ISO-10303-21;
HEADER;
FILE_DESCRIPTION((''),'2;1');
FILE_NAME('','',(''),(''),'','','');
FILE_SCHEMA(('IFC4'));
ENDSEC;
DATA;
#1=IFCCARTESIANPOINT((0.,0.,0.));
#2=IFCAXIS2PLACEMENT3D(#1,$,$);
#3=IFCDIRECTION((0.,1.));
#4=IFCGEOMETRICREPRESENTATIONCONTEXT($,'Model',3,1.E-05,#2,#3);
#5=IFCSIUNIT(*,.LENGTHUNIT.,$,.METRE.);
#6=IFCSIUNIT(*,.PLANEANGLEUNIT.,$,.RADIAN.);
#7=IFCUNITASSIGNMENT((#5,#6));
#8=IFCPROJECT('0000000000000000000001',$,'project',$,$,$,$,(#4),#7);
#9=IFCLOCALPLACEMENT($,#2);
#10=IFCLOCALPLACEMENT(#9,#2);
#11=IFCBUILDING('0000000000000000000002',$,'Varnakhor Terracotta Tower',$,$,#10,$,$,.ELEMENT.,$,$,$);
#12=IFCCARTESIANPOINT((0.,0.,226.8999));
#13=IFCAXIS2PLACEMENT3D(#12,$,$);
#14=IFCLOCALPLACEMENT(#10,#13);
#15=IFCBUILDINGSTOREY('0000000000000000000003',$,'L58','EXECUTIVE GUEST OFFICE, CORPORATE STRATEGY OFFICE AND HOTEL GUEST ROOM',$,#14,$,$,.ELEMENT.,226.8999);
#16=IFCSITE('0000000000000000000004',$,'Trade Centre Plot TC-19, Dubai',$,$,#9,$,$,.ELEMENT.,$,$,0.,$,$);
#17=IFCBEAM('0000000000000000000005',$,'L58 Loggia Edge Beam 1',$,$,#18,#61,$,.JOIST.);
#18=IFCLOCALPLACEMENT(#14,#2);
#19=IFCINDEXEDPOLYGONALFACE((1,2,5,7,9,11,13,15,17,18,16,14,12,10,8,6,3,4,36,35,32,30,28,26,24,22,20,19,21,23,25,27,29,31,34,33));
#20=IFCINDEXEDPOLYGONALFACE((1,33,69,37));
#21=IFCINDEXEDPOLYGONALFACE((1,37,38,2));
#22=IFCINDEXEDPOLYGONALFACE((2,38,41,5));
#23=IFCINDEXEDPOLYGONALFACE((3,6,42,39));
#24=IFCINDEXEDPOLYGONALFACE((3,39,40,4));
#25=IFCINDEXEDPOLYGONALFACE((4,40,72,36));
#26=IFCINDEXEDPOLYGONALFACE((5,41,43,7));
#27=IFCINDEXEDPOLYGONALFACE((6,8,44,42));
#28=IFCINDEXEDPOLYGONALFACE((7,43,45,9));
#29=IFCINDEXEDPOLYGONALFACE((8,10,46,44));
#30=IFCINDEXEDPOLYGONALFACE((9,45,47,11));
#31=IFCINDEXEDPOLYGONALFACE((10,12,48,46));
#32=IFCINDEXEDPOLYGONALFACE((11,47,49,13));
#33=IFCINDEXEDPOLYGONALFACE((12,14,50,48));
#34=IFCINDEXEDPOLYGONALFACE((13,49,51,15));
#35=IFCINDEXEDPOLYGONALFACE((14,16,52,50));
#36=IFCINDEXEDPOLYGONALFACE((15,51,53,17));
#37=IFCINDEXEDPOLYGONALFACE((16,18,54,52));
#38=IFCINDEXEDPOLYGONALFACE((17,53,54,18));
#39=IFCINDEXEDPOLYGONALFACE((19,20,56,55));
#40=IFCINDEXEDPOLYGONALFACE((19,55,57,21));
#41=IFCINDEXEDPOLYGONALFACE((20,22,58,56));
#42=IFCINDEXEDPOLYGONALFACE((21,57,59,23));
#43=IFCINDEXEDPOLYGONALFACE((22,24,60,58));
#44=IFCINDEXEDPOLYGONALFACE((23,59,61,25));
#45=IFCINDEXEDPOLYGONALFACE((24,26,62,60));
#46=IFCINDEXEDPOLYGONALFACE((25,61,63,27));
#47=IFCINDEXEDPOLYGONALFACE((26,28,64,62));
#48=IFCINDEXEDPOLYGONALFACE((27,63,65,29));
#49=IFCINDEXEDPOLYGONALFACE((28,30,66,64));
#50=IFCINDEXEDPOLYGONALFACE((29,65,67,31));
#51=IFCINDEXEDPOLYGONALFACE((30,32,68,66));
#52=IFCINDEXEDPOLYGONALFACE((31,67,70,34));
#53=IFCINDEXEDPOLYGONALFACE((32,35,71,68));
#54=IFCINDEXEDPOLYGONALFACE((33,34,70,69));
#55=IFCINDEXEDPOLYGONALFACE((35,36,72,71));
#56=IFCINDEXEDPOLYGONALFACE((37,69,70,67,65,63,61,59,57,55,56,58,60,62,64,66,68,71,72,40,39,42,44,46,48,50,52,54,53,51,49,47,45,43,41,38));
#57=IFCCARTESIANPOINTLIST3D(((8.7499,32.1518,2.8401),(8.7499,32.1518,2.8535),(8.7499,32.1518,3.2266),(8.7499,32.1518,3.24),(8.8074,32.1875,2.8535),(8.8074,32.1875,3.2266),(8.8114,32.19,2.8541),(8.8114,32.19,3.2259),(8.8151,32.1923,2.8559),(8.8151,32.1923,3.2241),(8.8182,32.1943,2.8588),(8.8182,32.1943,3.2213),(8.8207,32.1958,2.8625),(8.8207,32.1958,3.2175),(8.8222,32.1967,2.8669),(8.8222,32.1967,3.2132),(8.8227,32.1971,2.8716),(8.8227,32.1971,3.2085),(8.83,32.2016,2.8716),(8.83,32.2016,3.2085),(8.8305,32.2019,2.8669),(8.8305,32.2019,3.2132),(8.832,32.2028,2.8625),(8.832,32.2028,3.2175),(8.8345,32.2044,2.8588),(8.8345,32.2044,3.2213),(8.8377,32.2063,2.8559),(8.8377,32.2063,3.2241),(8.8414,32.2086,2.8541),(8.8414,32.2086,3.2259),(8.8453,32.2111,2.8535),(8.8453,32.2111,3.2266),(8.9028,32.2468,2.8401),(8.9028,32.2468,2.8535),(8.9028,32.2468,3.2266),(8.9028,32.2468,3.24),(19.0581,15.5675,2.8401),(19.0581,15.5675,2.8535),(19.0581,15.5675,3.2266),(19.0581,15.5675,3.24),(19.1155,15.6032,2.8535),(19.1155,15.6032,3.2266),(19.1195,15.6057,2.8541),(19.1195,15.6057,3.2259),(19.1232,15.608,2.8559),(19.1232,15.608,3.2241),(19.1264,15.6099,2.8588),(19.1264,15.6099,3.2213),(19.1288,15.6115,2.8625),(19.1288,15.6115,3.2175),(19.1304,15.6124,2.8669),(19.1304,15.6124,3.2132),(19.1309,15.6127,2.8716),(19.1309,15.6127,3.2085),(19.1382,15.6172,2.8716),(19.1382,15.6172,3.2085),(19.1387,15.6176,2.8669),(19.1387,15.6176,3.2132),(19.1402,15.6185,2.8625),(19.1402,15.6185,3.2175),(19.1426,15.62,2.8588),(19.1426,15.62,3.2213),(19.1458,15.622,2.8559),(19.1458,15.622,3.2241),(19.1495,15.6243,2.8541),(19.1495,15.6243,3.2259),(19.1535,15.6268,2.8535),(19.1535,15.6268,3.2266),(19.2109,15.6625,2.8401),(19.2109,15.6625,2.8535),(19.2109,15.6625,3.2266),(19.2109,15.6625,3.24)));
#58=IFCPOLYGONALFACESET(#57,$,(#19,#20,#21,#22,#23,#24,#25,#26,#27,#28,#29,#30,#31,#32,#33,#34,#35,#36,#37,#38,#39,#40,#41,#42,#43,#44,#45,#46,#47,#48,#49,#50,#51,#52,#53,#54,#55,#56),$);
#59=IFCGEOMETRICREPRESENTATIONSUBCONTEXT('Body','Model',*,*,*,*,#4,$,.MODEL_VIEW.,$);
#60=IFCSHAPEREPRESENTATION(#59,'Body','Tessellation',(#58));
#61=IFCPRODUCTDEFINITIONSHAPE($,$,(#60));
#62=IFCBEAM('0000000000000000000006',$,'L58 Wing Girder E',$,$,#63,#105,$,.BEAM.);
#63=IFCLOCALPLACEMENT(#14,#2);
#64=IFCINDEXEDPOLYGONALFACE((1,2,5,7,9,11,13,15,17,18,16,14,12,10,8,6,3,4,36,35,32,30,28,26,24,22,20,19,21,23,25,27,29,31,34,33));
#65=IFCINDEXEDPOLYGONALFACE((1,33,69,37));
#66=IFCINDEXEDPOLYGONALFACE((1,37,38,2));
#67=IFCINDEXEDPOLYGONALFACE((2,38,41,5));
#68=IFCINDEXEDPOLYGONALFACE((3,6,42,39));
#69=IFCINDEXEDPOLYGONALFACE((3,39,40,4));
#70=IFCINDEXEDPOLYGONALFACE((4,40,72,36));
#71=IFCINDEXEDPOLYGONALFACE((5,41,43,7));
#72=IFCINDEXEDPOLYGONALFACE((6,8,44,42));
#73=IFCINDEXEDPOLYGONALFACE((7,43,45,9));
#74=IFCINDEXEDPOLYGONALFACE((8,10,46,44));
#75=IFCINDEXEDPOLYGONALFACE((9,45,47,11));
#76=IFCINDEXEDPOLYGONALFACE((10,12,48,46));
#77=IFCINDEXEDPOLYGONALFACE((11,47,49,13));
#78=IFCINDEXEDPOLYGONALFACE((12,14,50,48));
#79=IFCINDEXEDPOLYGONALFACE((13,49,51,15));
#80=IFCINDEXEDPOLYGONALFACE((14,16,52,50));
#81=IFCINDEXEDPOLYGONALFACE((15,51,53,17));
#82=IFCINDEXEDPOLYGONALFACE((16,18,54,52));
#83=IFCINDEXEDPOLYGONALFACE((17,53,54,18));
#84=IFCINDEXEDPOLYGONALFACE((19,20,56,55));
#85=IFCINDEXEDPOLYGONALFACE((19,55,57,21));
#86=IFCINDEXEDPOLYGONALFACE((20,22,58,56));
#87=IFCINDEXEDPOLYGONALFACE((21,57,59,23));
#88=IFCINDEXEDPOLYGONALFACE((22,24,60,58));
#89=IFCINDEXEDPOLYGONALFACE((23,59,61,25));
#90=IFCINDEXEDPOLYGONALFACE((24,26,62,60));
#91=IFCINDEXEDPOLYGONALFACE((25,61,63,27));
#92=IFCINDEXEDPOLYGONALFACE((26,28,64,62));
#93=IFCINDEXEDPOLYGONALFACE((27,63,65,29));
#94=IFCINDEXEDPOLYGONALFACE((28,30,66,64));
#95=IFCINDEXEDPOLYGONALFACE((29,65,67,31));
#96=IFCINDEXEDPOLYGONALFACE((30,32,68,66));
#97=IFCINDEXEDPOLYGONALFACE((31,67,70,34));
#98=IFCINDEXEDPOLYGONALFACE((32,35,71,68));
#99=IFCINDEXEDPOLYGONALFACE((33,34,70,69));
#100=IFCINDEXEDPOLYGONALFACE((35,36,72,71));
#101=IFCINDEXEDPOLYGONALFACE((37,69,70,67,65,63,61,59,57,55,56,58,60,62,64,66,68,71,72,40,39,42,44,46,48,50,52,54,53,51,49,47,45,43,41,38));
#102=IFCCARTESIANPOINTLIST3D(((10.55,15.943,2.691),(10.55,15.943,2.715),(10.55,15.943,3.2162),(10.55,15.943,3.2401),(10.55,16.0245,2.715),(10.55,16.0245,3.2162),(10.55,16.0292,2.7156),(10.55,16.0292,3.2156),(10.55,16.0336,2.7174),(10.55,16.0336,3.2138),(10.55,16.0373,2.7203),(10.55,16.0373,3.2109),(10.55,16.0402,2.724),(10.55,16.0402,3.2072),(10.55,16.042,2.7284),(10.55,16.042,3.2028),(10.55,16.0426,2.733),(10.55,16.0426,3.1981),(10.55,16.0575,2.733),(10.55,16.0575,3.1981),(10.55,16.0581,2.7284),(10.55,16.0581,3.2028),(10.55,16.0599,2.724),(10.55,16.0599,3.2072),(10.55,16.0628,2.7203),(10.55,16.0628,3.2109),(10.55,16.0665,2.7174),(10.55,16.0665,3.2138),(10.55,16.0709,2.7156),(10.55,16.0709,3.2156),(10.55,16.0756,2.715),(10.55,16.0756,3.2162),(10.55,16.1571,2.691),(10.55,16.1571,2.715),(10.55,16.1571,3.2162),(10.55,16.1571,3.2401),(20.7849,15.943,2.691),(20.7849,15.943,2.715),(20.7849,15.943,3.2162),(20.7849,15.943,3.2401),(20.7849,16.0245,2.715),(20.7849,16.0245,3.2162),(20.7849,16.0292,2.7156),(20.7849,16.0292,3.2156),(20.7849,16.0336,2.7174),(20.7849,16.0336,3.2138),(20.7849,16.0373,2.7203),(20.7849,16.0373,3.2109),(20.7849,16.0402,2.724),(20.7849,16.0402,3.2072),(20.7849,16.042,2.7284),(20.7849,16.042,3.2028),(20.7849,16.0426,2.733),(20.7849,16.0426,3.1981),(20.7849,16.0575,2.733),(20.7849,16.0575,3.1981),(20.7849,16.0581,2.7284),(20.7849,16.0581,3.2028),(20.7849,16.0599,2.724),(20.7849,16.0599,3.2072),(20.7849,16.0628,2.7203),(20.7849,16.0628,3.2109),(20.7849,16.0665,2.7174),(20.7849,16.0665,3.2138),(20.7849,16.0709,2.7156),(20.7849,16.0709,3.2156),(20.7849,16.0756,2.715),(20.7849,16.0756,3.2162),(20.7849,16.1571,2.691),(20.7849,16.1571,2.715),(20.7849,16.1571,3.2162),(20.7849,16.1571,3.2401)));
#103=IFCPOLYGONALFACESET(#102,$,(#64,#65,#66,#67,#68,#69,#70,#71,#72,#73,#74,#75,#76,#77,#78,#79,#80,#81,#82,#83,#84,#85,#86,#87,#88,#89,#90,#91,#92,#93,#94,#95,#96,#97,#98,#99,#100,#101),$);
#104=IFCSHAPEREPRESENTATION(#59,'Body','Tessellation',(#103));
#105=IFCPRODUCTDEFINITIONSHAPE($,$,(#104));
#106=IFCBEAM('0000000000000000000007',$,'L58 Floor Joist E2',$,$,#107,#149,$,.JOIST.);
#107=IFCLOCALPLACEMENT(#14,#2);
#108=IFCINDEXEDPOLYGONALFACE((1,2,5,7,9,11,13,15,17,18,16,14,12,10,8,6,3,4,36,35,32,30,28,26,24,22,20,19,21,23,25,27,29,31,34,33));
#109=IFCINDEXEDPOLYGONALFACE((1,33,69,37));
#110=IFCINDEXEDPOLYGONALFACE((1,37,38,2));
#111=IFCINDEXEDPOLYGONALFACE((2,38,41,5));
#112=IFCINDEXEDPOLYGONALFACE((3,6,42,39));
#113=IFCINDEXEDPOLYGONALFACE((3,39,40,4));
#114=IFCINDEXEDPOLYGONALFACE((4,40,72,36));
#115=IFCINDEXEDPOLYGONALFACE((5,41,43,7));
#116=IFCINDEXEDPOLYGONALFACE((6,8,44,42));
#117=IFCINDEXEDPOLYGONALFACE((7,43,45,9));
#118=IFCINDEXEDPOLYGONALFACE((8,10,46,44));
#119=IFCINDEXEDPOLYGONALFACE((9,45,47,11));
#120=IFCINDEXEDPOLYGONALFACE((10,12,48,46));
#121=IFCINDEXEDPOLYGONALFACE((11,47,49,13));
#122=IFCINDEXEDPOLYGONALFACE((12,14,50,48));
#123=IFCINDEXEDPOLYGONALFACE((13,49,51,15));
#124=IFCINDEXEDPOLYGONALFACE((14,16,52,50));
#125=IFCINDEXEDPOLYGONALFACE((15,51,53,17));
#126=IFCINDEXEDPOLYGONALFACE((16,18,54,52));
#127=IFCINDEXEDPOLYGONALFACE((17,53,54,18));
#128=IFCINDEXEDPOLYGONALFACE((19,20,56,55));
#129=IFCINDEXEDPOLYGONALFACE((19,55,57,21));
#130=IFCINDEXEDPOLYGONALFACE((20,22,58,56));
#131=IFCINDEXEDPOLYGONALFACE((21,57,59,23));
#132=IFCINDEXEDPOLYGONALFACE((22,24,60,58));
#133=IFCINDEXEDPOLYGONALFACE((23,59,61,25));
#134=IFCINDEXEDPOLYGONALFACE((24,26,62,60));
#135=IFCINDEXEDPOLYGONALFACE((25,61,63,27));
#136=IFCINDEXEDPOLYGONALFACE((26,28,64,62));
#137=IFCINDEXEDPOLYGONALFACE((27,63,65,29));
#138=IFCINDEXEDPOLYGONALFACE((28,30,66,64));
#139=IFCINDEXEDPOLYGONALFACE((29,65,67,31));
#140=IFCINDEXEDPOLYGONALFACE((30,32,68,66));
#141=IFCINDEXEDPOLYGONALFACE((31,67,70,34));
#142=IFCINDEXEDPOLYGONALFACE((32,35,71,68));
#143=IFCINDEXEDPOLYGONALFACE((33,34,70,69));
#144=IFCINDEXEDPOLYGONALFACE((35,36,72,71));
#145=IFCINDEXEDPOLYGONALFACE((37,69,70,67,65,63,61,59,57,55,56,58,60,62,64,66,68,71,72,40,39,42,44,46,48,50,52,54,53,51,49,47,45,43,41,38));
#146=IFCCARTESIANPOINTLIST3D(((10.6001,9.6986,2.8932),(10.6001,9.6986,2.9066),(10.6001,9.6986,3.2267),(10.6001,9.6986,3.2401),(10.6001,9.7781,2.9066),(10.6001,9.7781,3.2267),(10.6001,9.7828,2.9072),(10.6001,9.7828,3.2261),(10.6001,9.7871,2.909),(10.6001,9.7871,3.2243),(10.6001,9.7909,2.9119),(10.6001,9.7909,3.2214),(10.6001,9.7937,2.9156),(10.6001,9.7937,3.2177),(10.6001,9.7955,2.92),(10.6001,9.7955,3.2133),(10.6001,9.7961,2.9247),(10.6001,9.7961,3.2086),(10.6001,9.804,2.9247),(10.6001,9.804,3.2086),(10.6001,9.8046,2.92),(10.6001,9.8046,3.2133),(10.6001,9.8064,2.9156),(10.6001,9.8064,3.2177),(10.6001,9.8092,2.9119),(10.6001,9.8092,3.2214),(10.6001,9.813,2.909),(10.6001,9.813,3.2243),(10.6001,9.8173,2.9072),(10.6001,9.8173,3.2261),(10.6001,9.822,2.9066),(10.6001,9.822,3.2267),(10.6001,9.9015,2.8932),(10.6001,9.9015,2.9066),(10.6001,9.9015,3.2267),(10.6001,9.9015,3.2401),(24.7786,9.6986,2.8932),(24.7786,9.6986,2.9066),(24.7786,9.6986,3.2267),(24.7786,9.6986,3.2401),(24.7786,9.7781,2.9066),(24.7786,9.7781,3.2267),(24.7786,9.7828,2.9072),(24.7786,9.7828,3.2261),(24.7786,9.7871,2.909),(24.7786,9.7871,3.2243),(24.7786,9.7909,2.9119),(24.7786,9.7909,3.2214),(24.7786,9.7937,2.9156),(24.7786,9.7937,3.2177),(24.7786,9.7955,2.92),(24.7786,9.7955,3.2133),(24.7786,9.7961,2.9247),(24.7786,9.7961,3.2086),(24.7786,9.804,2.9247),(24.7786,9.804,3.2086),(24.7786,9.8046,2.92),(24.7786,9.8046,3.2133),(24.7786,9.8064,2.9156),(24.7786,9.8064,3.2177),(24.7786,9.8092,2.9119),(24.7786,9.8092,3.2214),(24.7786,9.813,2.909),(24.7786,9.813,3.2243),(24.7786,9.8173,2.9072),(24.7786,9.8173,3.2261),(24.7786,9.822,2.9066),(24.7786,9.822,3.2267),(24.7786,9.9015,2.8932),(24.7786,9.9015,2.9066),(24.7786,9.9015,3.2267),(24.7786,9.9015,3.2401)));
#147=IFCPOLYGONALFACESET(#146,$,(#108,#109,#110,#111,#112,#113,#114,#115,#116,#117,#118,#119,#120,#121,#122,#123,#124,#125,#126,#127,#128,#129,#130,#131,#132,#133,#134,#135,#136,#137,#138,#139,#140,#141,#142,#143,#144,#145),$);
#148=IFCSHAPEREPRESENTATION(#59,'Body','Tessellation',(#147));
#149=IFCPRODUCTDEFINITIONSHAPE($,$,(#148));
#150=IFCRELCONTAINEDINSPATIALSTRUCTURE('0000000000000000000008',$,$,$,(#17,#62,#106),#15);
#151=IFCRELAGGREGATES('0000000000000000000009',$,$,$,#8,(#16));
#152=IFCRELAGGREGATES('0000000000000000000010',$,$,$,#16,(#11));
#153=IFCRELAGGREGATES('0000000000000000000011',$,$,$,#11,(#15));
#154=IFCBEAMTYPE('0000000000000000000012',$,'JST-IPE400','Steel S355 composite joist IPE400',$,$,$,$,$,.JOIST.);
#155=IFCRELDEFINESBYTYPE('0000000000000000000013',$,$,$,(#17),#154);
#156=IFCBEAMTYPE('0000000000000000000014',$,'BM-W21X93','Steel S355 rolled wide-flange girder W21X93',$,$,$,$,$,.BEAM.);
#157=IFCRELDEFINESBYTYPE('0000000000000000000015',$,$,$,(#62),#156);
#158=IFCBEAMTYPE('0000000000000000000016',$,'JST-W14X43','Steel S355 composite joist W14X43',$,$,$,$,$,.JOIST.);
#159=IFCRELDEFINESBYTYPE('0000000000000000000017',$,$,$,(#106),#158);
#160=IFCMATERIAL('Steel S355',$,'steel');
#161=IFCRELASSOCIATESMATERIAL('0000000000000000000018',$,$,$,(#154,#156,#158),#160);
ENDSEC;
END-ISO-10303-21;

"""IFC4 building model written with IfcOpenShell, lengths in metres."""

from ifc_helpers import new_model, si_unit, direction, frame, origin, origin_2d, place, context, subcontext, project, spatial, i_section, extrude, source, transform, mapped, material, material_profile, profile_set, type_object, element, save


model = new_model("IFC4")

# Units and contexts
model_context = context("Model", 3, precision=1e-05, world=origin(), true_north=direction((0.0, 1.0)))
body_context = subcontext(model_context, "Body", "Model", "MODEL_VIEW")
ifc_project = project(units=[si_unit("LENGTHUNIT", "METRE"), si_unit("PLANEANGLEUNIT", "RADIAN")], contexts=[model_context])

# Site, building, storey
site_placement = place(None, origin())
site = spatial("IfcSite", under=ifc_project, at=site_placement, Name="Trade Centre Plot TC-19, Dubai", CompositionType="ELEMENT", RefElevation=0.0)
building_placement = place(site_placement, origin())
building = spatial("IfcBuilding", under=site, at=building_placement, Name="Varnakhor Terracotta Tower", CompositionType="ELEMENT")
storey_placement = place(building_placement, frame((0.0, 0.0, 226.8999)))
storey = spatial("IfcBuildingStorey", under=building, at=storey_placement, Name="L58", Description="EXECUTIVE GUEST OFFICE, CORPORATE STRATEGY OFFICE AND HOTEL GUEST ROOM", CompositionType="ELEMENT", Elevation=226.8999)

# Beams
ifc_material_1 = material(Name="Steel S355", Category="steel")
ifc_material_profile_1 = material_profile(ifc_material_1, i_section(OverallWidth=0.1799, OverallDepth=0.3999, WebThickness=0.0085, FlangeThickness=0.0134, FilletRadius=0.0181, at=origin_2d()), Name="IPE400")
ifc_profile_set_1 = profile_set([ifc_material_profile_1], Name="Steel S355")
beam_type_1 = type_object("IfcBeamType", Name="JST-IPE400", Description="Steel S355 composite joist IPE400", PredefinedType="JOIST", material=ifc_profile_set_1)
shared_shape_1 = source(origin(), body_context, "Body", "SweptSolid", [
    extrude(i_section(OverallWidth=0.1799, OverallDepth=0.3999, WebThickness=0.0085, FlangeThickness=0.0134, FilletRadius=0.0181, at=origin_2d()), origin(), (0.0, 0.0, 1.0), 19.5269),
])
beam_1_placement = place(storey_placement, frame((19.1345, 15.615, 3.04), z_axis=(-0.527897, 0.849309, 0.0), x_axis=(-0.849309, -0.527897, 0.0)))
element("IfcBeam", 1, at=beam_1_placement, inside=storey, type_object=beam_type_1, Name="L58 Loggia Edge Beam 1", PredefinedType="JOIST", context=body_context, shape_type="MappedRepresentation", body=[
    mapped(shared_shape_1, transform((0.0, 0.0, 0.0), scale=1.0)),
])
ifc_material_profile_2 = material_profile(ifc_material_1, i_section(OverallWidth=0.2141, OverallDepth=0.5491, WebThickness=0.0149, FlangeThickness=0.0239, FilletRadius=0.0181, at=origin_2d()), Name="W21X93")
ifc_profile_set_2 = profile_set([ifc_material_profile_2], Name="Steel S355")
beam_type_2 = type_object("IfcBeamType", Name="BM-W21X93", Description="Steel S355 rolled wide-flange girder W21X93", PredefinedType="BEAM", material=ifc_profile_set_2)
shared_shape_2 = source(origin(), body_context, "Body", "SweptSolid", [
    extrude(i_section(OverallWidth=0.2141, OverallDepth=0.5491, WebThickness=0.0149, FlangeThickness=0.0239, FilletRadius=0.0181, at=origin_2d()), origin(), (0.0, 0.0, 1.0), 10.2349),
])
beam_2_placement = place(storey_placement, frame((10.55, 16.05, 2.9656), z_axis=(1.0, 0.0, 0.0), x_axis=(0.0, 1.0, 0.0)))
element("IfcBeam", 2, at=beam_2_placement, inside=storey, type_object=beam_type_2, Name="L58 Wing Girder E", PredefinedType="BEAM", context=body_context, shape_type="MappedRepresentation", body=[
    mapped(shared_shape_2, transform((0.0, 0.0, 0.0), scale=1.0)),
])
ifc_material_profile_3 = material_profile(ifc_material_1, i_section(OverallWidth=0.2029, OverallDepth=0.3469, WebThickness=0.0078, FlangeThickness=0.0134, FilletRadius=0.0181, at=origin_2d()), Name="W14X43")
ifc_profile_set_3 = profile_set([ifc_material_profile_3], Name="Steel S355")
beam_type_3 = type_object("IfcBeamType", Name="JST-W14X43", Description="Steel S355 composite joist W14X43", PredefinedType="JOIST", material=ifc_profile_set_3)
shared_shape_3 = source(origin(), body_context, "Body", "SweptSolid", [
    extrude(i_section(OverallWidth=0.2029, OverallDepth=0.3469, WebThickness=0.0078, FlangeThickness=0.0134, FilletRadius=0.0181, at=origin_2d()), origin(), (0.0, 0.0, 1.0), 14.1785),
])
beam_3_placement = place(storey_placement, frame((10.6001, 9.8, 3.0667), z_axis=(1.0, 0.0, 0.0), x_axis=(0.0, 1.0, 0.0)))
element("IfcBeam", 3, at=beam_3_placement, inside=storey, type_object=beam_type_3, Name="L58 Floor Joist E2", PredefinedType="JOIST", context=body_context, shape_type="MappedRepresentation", body=[
    mapped(shared_shape_3, transform((0.0, 0.0, 0.0), scale=1.0)),
])

save(model, "model.ifc")
